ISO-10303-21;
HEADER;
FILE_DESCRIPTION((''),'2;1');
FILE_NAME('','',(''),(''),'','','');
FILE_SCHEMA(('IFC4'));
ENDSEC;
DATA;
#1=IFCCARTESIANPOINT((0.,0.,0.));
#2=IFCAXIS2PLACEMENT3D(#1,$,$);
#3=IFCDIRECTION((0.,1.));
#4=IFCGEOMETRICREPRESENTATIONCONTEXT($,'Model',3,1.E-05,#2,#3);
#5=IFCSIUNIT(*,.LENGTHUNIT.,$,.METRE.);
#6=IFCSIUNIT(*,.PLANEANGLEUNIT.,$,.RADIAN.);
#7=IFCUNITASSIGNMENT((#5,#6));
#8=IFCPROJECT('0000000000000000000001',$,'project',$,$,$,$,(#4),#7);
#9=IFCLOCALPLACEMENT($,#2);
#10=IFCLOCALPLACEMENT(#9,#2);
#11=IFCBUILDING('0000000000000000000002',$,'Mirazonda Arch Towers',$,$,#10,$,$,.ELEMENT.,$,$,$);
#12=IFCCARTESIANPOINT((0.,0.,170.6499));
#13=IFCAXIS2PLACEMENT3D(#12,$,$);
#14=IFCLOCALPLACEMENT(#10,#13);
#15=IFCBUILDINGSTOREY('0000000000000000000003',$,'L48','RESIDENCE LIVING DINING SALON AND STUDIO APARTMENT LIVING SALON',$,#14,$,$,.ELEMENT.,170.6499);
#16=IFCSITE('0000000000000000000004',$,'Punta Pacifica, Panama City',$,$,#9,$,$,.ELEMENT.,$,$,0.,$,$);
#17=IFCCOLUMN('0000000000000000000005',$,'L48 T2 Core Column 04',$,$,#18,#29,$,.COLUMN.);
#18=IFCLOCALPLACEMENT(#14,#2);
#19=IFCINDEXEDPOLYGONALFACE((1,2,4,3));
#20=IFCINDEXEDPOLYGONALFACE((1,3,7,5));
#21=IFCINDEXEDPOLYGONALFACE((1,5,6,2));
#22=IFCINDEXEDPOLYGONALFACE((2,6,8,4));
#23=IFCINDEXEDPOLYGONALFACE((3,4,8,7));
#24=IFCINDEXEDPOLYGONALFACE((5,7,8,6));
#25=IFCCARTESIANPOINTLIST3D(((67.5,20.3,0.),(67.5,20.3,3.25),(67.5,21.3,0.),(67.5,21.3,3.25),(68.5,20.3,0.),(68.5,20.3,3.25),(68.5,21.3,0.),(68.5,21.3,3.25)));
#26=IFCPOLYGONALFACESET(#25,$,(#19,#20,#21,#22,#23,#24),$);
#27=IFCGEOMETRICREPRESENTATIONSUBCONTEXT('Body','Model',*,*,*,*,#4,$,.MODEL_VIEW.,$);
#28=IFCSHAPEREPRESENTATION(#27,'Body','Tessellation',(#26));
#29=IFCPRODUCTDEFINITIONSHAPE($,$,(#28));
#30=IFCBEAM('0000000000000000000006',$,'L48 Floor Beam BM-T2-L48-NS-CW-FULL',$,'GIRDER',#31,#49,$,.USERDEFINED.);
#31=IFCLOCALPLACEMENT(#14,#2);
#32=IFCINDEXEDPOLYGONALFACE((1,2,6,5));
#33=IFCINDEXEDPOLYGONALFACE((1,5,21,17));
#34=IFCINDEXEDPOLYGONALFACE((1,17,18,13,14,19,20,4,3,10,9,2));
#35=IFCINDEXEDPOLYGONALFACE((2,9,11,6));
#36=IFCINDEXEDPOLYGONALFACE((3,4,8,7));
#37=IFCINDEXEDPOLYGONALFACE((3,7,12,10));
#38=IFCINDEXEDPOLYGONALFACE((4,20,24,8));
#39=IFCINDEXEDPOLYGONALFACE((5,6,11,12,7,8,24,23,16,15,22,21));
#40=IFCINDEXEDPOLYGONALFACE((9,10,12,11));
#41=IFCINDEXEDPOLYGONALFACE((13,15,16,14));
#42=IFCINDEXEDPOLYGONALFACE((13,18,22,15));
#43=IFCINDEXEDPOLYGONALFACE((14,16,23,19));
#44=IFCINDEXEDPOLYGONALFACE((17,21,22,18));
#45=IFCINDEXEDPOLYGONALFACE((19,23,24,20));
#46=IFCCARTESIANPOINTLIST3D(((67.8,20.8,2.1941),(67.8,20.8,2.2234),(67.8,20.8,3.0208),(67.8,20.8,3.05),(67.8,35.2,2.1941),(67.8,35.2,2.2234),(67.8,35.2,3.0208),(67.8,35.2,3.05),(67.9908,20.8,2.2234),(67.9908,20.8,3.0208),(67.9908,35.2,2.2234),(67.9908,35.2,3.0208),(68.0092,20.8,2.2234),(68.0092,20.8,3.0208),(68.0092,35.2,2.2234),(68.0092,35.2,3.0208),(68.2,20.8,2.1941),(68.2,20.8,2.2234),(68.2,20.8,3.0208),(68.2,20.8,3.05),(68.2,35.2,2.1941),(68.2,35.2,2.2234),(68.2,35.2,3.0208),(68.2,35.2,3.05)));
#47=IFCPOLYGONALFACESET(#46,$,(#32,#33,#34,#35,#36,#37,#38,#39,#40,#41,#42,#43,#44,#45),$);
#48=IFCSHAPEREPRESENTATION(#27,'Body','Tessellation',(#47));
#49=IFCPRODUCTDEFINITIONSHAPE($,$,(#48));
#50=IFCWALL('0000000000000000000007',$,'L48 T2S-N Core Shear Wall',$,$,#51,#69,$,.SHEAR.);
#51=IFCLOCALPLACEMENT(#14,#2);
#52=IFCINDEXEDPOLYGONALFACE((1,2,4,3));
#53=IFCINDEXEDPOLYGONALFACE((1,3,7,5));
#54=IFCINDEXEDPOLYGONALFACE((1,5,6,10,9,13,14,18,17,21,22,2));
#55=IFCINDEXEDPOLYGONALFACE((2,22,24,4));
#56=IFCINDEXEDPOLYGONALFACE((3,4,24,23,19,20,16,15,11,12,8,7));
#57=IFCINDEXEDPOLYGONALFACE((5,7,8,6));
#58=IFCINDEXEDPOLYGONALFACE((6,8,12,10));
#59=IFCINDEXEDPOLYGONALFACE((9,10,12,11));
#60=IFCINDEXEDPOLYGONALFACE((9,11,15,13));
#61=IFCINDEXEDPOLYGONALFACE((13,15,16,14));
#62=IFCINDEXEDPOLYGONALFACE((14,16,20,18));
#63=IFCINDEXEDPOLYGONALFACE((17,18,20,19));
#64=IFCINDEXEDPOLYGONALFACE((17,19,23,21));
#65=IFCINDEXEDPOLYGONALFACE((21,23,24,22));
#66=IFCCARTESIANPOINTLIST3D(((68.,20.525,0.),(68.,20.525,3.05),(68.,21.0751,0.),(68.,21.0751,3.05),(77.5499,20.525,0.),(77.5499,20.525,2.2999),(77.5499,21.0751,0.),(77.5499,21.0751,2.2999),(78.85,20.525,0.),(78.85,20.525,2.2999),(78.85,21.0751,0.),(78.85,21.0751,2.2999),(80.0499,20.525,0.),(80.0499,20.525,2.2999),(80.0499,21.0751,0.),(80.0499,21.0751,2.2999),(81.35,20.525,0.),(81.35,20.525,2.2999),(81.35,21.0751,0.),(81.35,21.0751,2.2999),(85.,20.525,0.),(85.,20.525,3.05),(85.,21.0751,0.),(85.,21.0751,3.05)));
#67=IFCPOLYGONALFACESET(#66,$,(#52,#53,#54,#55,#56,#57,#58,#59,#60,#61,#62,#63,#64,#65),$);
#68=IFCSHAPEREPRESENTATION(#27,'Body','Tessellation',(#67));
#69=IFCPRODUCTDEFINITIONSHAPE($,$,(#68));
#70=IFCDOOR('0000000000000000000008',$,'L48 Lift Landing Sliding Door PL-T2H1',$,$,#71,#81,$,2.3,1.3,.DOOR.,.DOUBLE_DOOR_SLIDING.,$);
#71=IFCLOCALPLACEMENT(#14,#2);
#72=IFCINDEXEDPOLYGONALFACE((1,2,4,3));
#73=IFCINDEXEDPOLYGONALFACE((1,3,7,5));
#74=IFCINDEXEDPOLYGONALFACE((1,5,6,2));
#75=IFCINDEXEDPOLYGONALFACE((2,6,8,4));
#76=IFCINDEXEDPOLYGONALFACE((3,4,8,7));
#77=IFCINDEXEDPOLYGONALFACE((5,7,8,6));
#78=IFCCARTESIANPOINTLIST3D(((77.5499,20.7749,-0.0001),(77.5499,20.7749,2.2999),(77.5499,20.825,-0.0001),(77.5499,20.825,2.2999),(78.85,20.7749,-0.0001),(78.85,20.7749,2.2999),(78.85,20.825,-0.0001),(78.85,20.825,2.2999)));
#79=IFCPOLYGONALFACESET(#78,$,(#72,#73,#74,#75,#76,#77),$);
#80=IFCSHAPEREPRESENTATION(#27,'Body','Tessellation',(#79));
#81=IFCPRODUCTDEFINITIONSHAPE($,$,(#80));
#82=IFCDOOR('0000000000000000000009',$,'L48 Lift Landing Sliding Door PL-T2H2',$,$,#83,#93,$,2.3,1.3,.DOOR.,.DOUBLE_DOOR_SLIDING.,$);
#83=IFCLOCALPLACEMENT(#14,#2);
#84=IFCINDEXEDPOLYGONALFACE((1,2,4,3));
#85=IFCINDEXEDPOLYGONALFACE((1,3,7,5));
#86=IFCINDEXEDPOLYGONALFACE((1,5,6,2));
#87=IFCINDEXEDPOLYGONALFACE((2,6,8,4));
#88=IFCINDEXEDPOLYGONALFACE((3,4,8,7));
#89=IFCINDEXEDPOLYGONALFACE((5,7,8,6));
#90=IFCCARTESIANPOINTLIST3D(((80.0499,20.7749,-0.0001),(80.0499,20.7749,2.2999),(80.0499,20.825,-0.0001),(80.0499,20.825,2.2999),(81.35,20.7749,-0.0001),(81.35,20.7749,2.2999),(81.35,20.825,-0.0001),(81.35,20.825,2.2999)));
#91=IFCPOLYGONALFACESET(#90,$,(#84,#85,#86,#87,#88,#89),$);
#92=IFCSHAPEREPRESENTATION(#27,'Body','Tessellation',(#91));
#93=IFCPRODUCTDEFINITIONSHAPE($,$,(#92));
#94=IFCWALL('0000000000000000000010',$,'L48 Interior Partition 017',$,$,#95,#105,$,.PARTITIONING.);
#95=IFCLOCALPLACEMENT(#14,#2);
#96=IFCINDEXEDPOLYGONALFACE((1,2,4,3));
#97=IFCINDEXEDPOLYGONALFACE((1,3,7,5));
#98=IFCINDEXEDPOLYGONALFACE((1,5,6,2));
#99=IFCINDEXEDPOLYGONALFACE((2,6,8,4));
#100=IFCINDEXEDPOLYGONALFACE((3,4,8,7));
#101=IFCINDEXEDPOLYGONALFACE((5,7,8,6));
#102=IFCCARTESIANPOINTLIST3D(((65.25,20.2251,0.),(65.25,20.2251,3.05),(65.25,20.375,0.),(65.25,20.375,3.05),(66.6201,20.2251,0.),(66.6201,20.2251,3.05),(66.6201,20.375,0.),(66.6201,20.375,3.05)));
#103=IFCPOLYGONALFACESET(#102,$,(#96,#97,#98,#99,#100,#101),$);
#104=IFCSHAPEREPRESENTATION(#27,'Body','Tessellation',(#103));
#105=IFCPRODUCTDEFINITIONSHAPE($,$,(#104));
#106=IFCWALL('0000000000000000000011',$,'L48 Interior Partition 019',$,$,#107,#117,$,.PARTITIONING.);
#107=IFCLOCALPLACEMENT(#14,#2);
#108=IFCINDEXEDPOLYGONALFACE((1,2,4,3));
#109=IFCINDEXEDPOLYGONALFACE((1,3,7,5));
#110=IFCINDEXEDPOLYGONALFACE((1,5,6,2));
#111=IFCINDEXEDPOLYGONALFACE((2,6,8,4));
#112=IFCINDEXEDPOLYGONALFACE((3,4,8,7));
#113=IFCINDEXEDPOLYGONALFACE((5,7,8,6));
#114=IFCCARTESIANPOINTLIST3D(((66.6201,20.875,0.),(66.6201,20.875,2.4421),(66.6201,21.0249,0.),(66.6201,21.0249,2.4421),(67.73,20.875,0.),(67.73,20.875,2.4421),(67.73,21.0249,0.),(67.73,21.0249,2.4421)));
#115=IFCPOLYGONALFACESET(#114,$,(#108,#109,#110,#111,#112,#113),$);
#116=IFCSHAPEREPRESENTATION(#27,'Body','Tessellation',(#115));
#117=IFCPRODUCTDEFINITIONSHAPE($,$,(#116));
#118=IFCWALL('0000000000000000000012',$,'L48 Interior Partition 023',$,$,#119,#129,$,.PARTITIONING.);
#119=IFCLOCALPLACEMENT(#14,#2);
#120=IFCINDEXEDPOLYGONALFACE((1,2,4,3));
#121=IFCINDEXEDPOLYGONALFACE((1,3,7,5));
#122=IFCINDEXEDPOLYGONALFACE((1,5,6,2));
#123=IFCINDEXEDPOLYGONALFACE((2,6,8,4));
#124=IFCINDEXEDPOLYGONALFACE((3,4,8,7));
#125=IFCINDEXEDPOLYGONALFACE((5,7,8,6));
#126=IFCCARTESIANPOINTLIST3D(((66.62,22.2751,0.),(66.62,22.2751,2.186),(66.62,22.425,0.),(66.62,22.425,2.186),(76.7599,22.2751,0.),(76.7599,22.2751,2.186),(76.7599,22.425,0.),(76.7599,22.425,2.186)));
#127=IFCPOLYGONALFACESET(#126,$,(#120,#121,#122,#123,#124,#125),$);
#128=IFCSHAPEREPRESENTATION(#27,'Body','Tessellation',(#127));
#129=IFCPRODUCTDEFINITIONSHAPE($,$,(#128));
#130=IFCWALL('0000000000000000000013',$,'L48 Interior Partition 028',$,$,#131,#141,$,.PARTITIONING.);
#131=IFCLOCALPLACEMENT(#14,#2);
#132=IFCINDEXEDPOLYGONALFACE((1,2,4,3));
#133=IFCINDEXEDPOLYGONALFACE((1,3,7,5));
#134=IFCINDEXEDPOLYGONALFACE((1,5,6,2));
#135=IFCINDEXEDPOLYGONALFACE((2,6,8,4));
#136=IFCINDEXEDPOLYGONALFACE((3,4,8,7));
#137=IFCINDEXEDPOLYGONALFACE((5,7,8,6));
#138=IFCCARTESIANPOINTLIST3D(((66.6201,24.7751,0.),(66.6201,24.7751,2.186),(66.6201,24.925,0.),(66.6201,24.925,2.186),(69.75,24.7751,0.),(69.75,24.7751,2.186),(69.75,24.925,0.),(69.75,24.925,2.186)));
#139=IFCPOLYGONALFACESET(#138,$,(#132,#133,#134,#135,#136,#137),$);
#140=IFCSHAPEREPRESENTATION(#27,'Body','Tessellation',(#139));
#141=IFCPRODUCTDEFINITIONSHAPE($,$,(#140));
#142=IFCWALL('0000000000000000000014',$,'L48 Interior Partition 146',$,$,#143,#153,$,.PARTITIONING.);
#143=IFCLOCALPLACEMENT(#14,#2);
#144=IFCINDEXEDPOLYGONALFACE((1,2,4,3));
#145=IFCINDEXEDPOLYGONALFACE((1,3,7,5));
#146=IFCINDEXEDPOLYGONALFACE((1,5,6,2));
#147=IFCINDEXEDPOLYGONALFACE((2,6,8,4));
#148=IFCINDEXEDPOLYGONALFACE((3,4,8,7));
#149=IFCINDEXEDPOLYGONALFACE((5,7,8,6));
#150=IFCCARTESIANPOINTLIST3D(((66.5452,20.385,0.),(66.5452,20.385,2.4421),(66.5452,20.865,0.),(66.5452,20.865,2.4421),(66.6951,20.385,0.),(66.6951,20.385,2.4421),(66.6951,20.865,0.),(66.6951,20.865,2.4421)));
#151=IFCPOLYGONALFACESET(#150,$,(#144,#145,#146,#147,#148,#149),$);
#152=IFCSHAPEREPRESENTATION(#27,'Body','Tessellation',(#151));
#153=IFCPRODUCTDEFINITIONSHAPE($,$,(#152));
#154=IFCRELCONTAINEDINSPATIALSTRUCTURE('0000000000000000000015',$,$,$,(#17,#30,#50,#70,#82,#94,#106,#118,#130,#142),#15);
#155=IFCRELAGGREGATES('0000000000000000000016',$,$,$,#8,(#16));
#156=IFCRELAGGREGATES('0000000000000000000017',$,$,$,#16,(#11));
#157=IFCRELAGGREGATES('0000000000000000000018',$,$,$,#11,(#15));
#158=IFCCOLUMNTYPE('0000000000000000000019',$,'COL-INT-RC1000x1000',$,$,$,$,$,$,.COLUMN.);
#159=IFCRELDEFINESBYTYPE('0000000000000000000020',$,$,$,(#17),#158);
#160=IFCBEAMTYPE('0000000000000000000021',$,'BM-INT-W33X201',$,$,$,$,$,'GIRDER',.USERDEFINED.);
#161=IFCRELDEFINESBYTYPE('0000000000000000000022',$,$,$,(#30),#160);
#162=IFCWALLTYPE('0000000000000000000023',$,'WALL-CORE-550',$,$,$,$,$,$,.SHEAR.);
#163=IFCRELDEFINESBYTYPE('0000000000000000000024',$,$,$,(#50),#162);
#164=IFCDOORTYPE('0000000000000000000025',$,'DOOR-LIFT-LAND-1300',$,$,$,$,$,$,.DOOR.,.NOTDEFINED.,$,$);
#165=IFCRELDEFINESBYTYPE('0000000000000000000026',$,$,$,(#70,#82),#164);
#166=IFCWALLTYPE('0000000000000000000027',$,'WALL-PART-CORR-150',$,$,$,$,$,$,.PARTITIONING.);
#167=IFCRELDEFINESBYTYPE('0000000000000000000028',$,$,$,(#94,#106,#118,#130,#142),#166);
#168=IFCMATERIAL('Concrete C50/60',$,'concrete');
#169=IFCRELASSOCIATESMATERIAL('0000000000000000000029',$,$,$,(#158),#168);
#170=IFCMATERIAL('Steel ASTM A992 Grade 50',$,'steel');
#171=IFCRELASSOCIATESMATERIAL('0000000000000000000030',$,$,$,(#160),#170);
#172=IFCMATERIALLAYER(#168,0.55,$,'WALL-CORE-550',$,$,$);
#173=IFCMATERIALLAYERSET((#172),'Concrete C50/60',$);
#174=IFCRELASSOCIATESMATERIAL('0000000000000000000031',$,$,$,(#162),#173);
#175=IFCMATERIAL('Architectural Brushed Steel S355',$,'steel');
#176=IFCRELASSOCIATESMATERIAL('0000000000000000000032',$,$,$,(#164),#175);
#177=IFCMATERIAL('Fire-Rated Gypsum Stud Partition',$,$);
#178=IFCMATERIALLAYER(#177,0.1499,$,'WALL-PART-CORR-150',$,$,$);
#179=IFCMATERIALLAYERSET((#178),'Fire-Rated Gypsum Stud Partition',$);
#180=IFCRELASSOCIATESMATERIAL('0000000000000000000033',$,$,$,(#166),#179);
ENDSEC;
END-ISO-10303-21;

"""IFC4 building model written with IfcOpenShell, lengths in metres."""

from ifc_helpers import new_model, si_unit, direction, frame, frame_2d, origin, origin_2d, place, context, subcontext, project, spatial, rectangle, i_section, extrude, material, layer, layer_set, material_profile, profile_set, type_object, element, fill, save


model = new_model("IFC4")

# Units and contexts
model_context = context("Model", 3, precision=1e-05, world=origin(), true_north=direction((0.0, 1.0)))
body_context = subcontext(model_context, "Body", "Model", "MODEL_VIEW")
ifc_project = project(units=[si_unit("LENGTHUNIT", "METRE"), si_unit("PLANEANGLEUNIT", "RADIAN")], contexts=[model_context])

# Site, building, storey
site_placement = place(None, origin())
site = spatial("IfcSite", under=ifc_project, at=site_placement, Name="Punta Pacifica, Panama City", CompositionType="ELEMENT", RefElevation=0.0)
building_placement = place(site_placement, origin())
building = spatial("IfcBuilding", under=site, at=building_placement, Name="Mirazonda Arch Towers", CompositionType="ELEMENT")
storey_placement = place(building_placement, frame((0.0, 0.0, 170.6499)))
storey = spatial("IfcBuildingStorey", under=building, at=storey_placement, Name="L48", Description="RESIDENCE LIVING DINING SALON AND STUDIO APARTMENT LIVING SALON", CompositionType="ELEMENT", Elevation=170.6499)

# Column
ifc_material_1 = material(Name="Concrete C50/60", Category="concrete")
ifc_material_profile_1 = material_profile(ifc_material_1, rectangle(XDim=1.0, YDim=1.0, at=origin_2d()), Name="RC1000x1000")
ifc_profile_set_1 = profile_set([ifc_material_profile_1], Name="Concrete C50/60")
column_type = type_object("IfcColumnType", Name="COL-INT-RC1000x1000", PredefinedType="COLUMN", material=ifc_profile_set_1)
column_placement = place(storey_placement, frame((68.0, 20.8, 0.0), z_axis=(0.0, 0.0, 1.0), x_axis=(1.0, 0.0, 0.0)))
element("IfcColumn", 1, at=column_placement, inside=storey, type_object=column_type, Name="L48 T2 Core Column 04", PredefinedType="COLUMN", context=body_context, shape_type="SweptSolid", body=[
    extrude(rectangle(XDim=1.0, YDim=1.0, at=origin_2d()), origin(), (0.0, 0.0, 1.0), 3.25),
])

# Beam
ifc_material_2 = material(Name="Steel ASTM A992 Grade 50", Category="steel")
ifc_material_profile_2 = material_profile(ifc_material_2, i_section(OverallWidth=0.3999, OverallDepth=0.856, WebThickness=0.0183, FlangeThickness=0.0293, at=origin_2d()), Name="W33X201")
ifc_profile_set_2 = profile_set([ifc_material_profile_2], Name="Steel ASTM A992 Grade 50")
beam_type = type_object("IfcBeamType", Name="BM-INT-W33X201", ElementType="GIRDER", PredefinedType="USERDEFINED", material=ifc_profile_set_2)
beam_placement = place(storey_placement, frame((68.0, 20.8, 2.6221), z_axis=(0.0, 1.0, 0.0), x_axis=(-1.0, 0.0, 0.0)))
element("IfcBeam", 2, at=beam_placement, inside=storey, type_object=beam_type, Name="L48 Floor Beam BM-T2-L48-NS-CW-FULL", ObjectType="GIRDER", PredefinedType="USERDEFINED", context=body_context, shape_type="SweptSolid", body=[
    extrude(i_section(OverallWidth=0.3999, OverallDepth=0.856, WebThickness=0.0183, FlangeThickness=0.0293, at=origin_2d()), origin(), (0.0, 0.0, 1.0), 14.3999),
])

# Wall, openings, doors
ifc_layer_1 = layer(ifc_material_1, 0.55, Name="WALL-CORE-550")
ifc_layer_set_1 = layer_set([ifc_layer_1], Name="Concrete C50/60")
wall_type_1 = type_object("IfcWallType", Name="WALL-CORE-550", PredefinedType="SHEAR", material=ifc_layer_set_1)
wall_1_placement = place(storey_placement, frame((68.0, 20.8, 0.0), z_axis=(0.0, 0.0, 1.0), x_axis=(1.0, 0.0, 0.0)))
wall_1 = element("IfcWall", 3, at=wall_1_placement, inside=storey, type_object=wall_type_1, Name="L48 T2S-N Core Shear Wall", PredefinedType="SHEAR", context=body_context, shape_type="SweptSolid", body=[
    extrude(rectangle(XDim=17.0, YDim=0.55, at=frame_2d((8.5, 0.0))), origin(), (0.0, 0.0, 1.0), 3.05),
])
opening_1_placement = place(wall_1_placement, frame((9.55, 0.0, 0.0)))
opening_1 = element("IfcOpeningElement", 4, at=opening_1_placement, cuts=wall_1, PredefinedType="OPENING", context=body_context, shape_type="SweptSolid", body=[
    extrude(rectangle(XDim=1.3, YDim=2.3, at=frame_2d((0.6499, 1.1499))), frame((0.0, 0.2849, 0.0), z_axis=(0.0, -1.0, 0.0), x_axis=(1.0, 0.0, 0.0)), (0.0, 0.0, 1.0), 0.5701),
])
opening_2_placement = place(wall_1_placement, frame((12.05, 0.0, 0.0)))
opening_2 = element("IfcOpeningElement", 5, at=opening_2_placement, cuts=wall_1, PredefinedType="OPENING", context=body_context, shape_type="SweptSolid", body=[
    extrude(rectangle(XDim=1.3, YDim=2.3, at=frame_2d((0.6499, 1.1499))), frame((0.0, 0.2849, 0.0), z_axis=(0.0, -1.0, 0.0), x_axis=(1.0, 0.0, 0.0)), (0.0, 0.0, 1.0), 0.5701),
])
ifc_material_3 = material(Name="Architectural Brushed Steel S355", Category="steel")
door_type_1 = type_object("IfcDoorType", Name="DOOR-LIFT-LAND-1300", OperationType="NOTDEFINED", PredefinedType="DOOR", material=ifc_material_3)
door_1_placement = place(opening_1_placement, origin())
door_1 = element("IfcDoor", 6, at=door_1_placement, inside=storey, type_object=door_type_1, Name="L48 Lift Landing Sliding Door PL-T2H1", OperationType="DOUBLE_DOOR_SLIDING", OverallHeight=2.3, OverallWidth=1.3, PredefinedType="DOOR", context=body_context, shape_type="SweptSolid", body=[
    extrude(rectangle(XDim=1.3, YDim=2.3, at=frame_2d((0.6499, 1.1499))), frame((0.0, 0.0249, 0.0), z_axis=(0.0, -1.0, 0.0), x_axis=(1.0, 0.0, 0.0)), (0.0, 0.0, 1.0), 0.05),
])
fill(opening_1, door_1)
door_2_placement = place(opening_2_placement, origin())
door_2 = element("IfcDoor", 7, at=door_2_placement, inside=storey, type_object=door_type_1, Name="L48 Lift Landing Sliding Door PL-T2H2", OperationType="DOUBLE_DOOR_SLIDING", OverallHeight=2.3, OverallWidth=1.3, PredefinedType="DOOR", context=body_context, shape_type="SweptSolid", body=[
    extrude(rectangle(XDim=1.3, YDim=2.3, at=frame_2d((0.6499, 1.1499))), frame((0.0, 0.0249, 0.0), z_axis=(0.0, -1.0, 0.0), x_axis=(1.0, 0.0, 0.0)), (0.0, 0.0, 1.0), 0.05),
])
fill(opening_2, door_2)

# Walls
ifc_material_4 = material(Name="Fire-Rated Gypsum Stud Partition")
ifc_layer_2 = layer(ifc_material_4, 0.1499, Name="WALL-PART-CORR-150")
ifc_layer_set_2 = layer_set([ifc_layer_2], Name="Fire-Rated Gypsum Stud Partition")
wall_type_2 = type_object("IfcWallType", Name="WALL-PART-CORR-150", PredefinedType="PARTITIONING", material=ifc_layer_set_2)
wall_2_placement = place(storey_placement, frame((65.25, 20.3, 0.0), z_axis=(0.0, 0.0, 1.0), x_axis=(1.0, 0.0, 0.0)))
element("IfcWall", 8, at=wall_2_placement, inside=storey, type_object=wall_type_2, Name="L48 Interior Partition 017", PredefinedType="PARTITIONING", context=body_context, shape_type="SweptSolid", body=[
    extrude(rectangle(XDim=1.3701, YDim=0.1499, at=frame_2d((0.6851, 0.0))), origin(), (0.0, 0.0, 1.0), 3.05),
])
wall_3_placement = place(storey_placement, frame((66.6201, 20.95, 0.0), z_axis=(0.0, 0.0, 1.0), x_axis=(1.0, 0.0, 0.0)))
element("IfcWall", 9, at=wall_3_placement, inside=storey, type_object=wall_type_2, Name="L48 Interior Partition 019", PredefinedType="PARTITIONING", context=body_context, shape_type="SweptSolid", body=[
    extrude(rectangle(XDim=1.1099, YDim=0.1499, at=frame_2d((0.5549, 0.0))), origin(), (0.0, 0.0, 1.0), 2.4421),
])
wall_4_placement = place(storey_placement, frame((66.6201, 22.3501, 0.0), z_axis=(0.0, 0.0, 1.0), x_axis=(1.0, 0.0, 0.0)))
element("IfcWall", 10, at=wall_4_placement, inside=storey, type_object=wall_type_2, Name="L48 Interior Partition 023", PredefinedType="PARTITIONING", context=body_context, shape_type="SweptSolid", body=[
    extrude(rectangle(XDim=10.1399, YDim=0.1499, at=frame_2d((5.0698, 0.0))), origin(), (0.0, 0.0, 1.0), 2.186),
])
wall_5_placement = place(storey_placement, frame((66.6201, 24.8501, 0.0), z_axis=(0.0, 0.0, 1.0), x_axis=(1.0, 0.0, 0.0)))
element("IfcWall", 11, at=wall_5_placement, inside=storey, type_object=wall_type_2, Name="L48 Interior Partition 028", PredefinedType="PARTITIONING", context=body_context, shape_type="SweptSolid", body=[
    extrude(rectangle(XDim=3.1299, YDim=0.1499, at=frame_2d((1.5649, 0.0))), origin(), (0.0, 0.0, 1.0), 2.186),
])
wall_6_placement = place(storey_placement, frame((66.6201, 20.385, 0.0), z_axis=(0.0, 0.0, 1.0), x_axis=(0.0, 1.0, 0.0)))
element("IfcWall", 12, at=wall_6_placement, inside=storey, type_object=wall_type_2, Name="L48 Interior Partition 146", PredefinedType="PARTITIONING", context=body_context, shape_type="SweptSolid", body=[
    extrude(rectangle(XDim=0.48, YDim=0.1499, at=frame_2d((0.24, 0.0))), origin(), (0.0, 0.0, 1.0), 2.4421),
])

save(model, "model.ifc")
